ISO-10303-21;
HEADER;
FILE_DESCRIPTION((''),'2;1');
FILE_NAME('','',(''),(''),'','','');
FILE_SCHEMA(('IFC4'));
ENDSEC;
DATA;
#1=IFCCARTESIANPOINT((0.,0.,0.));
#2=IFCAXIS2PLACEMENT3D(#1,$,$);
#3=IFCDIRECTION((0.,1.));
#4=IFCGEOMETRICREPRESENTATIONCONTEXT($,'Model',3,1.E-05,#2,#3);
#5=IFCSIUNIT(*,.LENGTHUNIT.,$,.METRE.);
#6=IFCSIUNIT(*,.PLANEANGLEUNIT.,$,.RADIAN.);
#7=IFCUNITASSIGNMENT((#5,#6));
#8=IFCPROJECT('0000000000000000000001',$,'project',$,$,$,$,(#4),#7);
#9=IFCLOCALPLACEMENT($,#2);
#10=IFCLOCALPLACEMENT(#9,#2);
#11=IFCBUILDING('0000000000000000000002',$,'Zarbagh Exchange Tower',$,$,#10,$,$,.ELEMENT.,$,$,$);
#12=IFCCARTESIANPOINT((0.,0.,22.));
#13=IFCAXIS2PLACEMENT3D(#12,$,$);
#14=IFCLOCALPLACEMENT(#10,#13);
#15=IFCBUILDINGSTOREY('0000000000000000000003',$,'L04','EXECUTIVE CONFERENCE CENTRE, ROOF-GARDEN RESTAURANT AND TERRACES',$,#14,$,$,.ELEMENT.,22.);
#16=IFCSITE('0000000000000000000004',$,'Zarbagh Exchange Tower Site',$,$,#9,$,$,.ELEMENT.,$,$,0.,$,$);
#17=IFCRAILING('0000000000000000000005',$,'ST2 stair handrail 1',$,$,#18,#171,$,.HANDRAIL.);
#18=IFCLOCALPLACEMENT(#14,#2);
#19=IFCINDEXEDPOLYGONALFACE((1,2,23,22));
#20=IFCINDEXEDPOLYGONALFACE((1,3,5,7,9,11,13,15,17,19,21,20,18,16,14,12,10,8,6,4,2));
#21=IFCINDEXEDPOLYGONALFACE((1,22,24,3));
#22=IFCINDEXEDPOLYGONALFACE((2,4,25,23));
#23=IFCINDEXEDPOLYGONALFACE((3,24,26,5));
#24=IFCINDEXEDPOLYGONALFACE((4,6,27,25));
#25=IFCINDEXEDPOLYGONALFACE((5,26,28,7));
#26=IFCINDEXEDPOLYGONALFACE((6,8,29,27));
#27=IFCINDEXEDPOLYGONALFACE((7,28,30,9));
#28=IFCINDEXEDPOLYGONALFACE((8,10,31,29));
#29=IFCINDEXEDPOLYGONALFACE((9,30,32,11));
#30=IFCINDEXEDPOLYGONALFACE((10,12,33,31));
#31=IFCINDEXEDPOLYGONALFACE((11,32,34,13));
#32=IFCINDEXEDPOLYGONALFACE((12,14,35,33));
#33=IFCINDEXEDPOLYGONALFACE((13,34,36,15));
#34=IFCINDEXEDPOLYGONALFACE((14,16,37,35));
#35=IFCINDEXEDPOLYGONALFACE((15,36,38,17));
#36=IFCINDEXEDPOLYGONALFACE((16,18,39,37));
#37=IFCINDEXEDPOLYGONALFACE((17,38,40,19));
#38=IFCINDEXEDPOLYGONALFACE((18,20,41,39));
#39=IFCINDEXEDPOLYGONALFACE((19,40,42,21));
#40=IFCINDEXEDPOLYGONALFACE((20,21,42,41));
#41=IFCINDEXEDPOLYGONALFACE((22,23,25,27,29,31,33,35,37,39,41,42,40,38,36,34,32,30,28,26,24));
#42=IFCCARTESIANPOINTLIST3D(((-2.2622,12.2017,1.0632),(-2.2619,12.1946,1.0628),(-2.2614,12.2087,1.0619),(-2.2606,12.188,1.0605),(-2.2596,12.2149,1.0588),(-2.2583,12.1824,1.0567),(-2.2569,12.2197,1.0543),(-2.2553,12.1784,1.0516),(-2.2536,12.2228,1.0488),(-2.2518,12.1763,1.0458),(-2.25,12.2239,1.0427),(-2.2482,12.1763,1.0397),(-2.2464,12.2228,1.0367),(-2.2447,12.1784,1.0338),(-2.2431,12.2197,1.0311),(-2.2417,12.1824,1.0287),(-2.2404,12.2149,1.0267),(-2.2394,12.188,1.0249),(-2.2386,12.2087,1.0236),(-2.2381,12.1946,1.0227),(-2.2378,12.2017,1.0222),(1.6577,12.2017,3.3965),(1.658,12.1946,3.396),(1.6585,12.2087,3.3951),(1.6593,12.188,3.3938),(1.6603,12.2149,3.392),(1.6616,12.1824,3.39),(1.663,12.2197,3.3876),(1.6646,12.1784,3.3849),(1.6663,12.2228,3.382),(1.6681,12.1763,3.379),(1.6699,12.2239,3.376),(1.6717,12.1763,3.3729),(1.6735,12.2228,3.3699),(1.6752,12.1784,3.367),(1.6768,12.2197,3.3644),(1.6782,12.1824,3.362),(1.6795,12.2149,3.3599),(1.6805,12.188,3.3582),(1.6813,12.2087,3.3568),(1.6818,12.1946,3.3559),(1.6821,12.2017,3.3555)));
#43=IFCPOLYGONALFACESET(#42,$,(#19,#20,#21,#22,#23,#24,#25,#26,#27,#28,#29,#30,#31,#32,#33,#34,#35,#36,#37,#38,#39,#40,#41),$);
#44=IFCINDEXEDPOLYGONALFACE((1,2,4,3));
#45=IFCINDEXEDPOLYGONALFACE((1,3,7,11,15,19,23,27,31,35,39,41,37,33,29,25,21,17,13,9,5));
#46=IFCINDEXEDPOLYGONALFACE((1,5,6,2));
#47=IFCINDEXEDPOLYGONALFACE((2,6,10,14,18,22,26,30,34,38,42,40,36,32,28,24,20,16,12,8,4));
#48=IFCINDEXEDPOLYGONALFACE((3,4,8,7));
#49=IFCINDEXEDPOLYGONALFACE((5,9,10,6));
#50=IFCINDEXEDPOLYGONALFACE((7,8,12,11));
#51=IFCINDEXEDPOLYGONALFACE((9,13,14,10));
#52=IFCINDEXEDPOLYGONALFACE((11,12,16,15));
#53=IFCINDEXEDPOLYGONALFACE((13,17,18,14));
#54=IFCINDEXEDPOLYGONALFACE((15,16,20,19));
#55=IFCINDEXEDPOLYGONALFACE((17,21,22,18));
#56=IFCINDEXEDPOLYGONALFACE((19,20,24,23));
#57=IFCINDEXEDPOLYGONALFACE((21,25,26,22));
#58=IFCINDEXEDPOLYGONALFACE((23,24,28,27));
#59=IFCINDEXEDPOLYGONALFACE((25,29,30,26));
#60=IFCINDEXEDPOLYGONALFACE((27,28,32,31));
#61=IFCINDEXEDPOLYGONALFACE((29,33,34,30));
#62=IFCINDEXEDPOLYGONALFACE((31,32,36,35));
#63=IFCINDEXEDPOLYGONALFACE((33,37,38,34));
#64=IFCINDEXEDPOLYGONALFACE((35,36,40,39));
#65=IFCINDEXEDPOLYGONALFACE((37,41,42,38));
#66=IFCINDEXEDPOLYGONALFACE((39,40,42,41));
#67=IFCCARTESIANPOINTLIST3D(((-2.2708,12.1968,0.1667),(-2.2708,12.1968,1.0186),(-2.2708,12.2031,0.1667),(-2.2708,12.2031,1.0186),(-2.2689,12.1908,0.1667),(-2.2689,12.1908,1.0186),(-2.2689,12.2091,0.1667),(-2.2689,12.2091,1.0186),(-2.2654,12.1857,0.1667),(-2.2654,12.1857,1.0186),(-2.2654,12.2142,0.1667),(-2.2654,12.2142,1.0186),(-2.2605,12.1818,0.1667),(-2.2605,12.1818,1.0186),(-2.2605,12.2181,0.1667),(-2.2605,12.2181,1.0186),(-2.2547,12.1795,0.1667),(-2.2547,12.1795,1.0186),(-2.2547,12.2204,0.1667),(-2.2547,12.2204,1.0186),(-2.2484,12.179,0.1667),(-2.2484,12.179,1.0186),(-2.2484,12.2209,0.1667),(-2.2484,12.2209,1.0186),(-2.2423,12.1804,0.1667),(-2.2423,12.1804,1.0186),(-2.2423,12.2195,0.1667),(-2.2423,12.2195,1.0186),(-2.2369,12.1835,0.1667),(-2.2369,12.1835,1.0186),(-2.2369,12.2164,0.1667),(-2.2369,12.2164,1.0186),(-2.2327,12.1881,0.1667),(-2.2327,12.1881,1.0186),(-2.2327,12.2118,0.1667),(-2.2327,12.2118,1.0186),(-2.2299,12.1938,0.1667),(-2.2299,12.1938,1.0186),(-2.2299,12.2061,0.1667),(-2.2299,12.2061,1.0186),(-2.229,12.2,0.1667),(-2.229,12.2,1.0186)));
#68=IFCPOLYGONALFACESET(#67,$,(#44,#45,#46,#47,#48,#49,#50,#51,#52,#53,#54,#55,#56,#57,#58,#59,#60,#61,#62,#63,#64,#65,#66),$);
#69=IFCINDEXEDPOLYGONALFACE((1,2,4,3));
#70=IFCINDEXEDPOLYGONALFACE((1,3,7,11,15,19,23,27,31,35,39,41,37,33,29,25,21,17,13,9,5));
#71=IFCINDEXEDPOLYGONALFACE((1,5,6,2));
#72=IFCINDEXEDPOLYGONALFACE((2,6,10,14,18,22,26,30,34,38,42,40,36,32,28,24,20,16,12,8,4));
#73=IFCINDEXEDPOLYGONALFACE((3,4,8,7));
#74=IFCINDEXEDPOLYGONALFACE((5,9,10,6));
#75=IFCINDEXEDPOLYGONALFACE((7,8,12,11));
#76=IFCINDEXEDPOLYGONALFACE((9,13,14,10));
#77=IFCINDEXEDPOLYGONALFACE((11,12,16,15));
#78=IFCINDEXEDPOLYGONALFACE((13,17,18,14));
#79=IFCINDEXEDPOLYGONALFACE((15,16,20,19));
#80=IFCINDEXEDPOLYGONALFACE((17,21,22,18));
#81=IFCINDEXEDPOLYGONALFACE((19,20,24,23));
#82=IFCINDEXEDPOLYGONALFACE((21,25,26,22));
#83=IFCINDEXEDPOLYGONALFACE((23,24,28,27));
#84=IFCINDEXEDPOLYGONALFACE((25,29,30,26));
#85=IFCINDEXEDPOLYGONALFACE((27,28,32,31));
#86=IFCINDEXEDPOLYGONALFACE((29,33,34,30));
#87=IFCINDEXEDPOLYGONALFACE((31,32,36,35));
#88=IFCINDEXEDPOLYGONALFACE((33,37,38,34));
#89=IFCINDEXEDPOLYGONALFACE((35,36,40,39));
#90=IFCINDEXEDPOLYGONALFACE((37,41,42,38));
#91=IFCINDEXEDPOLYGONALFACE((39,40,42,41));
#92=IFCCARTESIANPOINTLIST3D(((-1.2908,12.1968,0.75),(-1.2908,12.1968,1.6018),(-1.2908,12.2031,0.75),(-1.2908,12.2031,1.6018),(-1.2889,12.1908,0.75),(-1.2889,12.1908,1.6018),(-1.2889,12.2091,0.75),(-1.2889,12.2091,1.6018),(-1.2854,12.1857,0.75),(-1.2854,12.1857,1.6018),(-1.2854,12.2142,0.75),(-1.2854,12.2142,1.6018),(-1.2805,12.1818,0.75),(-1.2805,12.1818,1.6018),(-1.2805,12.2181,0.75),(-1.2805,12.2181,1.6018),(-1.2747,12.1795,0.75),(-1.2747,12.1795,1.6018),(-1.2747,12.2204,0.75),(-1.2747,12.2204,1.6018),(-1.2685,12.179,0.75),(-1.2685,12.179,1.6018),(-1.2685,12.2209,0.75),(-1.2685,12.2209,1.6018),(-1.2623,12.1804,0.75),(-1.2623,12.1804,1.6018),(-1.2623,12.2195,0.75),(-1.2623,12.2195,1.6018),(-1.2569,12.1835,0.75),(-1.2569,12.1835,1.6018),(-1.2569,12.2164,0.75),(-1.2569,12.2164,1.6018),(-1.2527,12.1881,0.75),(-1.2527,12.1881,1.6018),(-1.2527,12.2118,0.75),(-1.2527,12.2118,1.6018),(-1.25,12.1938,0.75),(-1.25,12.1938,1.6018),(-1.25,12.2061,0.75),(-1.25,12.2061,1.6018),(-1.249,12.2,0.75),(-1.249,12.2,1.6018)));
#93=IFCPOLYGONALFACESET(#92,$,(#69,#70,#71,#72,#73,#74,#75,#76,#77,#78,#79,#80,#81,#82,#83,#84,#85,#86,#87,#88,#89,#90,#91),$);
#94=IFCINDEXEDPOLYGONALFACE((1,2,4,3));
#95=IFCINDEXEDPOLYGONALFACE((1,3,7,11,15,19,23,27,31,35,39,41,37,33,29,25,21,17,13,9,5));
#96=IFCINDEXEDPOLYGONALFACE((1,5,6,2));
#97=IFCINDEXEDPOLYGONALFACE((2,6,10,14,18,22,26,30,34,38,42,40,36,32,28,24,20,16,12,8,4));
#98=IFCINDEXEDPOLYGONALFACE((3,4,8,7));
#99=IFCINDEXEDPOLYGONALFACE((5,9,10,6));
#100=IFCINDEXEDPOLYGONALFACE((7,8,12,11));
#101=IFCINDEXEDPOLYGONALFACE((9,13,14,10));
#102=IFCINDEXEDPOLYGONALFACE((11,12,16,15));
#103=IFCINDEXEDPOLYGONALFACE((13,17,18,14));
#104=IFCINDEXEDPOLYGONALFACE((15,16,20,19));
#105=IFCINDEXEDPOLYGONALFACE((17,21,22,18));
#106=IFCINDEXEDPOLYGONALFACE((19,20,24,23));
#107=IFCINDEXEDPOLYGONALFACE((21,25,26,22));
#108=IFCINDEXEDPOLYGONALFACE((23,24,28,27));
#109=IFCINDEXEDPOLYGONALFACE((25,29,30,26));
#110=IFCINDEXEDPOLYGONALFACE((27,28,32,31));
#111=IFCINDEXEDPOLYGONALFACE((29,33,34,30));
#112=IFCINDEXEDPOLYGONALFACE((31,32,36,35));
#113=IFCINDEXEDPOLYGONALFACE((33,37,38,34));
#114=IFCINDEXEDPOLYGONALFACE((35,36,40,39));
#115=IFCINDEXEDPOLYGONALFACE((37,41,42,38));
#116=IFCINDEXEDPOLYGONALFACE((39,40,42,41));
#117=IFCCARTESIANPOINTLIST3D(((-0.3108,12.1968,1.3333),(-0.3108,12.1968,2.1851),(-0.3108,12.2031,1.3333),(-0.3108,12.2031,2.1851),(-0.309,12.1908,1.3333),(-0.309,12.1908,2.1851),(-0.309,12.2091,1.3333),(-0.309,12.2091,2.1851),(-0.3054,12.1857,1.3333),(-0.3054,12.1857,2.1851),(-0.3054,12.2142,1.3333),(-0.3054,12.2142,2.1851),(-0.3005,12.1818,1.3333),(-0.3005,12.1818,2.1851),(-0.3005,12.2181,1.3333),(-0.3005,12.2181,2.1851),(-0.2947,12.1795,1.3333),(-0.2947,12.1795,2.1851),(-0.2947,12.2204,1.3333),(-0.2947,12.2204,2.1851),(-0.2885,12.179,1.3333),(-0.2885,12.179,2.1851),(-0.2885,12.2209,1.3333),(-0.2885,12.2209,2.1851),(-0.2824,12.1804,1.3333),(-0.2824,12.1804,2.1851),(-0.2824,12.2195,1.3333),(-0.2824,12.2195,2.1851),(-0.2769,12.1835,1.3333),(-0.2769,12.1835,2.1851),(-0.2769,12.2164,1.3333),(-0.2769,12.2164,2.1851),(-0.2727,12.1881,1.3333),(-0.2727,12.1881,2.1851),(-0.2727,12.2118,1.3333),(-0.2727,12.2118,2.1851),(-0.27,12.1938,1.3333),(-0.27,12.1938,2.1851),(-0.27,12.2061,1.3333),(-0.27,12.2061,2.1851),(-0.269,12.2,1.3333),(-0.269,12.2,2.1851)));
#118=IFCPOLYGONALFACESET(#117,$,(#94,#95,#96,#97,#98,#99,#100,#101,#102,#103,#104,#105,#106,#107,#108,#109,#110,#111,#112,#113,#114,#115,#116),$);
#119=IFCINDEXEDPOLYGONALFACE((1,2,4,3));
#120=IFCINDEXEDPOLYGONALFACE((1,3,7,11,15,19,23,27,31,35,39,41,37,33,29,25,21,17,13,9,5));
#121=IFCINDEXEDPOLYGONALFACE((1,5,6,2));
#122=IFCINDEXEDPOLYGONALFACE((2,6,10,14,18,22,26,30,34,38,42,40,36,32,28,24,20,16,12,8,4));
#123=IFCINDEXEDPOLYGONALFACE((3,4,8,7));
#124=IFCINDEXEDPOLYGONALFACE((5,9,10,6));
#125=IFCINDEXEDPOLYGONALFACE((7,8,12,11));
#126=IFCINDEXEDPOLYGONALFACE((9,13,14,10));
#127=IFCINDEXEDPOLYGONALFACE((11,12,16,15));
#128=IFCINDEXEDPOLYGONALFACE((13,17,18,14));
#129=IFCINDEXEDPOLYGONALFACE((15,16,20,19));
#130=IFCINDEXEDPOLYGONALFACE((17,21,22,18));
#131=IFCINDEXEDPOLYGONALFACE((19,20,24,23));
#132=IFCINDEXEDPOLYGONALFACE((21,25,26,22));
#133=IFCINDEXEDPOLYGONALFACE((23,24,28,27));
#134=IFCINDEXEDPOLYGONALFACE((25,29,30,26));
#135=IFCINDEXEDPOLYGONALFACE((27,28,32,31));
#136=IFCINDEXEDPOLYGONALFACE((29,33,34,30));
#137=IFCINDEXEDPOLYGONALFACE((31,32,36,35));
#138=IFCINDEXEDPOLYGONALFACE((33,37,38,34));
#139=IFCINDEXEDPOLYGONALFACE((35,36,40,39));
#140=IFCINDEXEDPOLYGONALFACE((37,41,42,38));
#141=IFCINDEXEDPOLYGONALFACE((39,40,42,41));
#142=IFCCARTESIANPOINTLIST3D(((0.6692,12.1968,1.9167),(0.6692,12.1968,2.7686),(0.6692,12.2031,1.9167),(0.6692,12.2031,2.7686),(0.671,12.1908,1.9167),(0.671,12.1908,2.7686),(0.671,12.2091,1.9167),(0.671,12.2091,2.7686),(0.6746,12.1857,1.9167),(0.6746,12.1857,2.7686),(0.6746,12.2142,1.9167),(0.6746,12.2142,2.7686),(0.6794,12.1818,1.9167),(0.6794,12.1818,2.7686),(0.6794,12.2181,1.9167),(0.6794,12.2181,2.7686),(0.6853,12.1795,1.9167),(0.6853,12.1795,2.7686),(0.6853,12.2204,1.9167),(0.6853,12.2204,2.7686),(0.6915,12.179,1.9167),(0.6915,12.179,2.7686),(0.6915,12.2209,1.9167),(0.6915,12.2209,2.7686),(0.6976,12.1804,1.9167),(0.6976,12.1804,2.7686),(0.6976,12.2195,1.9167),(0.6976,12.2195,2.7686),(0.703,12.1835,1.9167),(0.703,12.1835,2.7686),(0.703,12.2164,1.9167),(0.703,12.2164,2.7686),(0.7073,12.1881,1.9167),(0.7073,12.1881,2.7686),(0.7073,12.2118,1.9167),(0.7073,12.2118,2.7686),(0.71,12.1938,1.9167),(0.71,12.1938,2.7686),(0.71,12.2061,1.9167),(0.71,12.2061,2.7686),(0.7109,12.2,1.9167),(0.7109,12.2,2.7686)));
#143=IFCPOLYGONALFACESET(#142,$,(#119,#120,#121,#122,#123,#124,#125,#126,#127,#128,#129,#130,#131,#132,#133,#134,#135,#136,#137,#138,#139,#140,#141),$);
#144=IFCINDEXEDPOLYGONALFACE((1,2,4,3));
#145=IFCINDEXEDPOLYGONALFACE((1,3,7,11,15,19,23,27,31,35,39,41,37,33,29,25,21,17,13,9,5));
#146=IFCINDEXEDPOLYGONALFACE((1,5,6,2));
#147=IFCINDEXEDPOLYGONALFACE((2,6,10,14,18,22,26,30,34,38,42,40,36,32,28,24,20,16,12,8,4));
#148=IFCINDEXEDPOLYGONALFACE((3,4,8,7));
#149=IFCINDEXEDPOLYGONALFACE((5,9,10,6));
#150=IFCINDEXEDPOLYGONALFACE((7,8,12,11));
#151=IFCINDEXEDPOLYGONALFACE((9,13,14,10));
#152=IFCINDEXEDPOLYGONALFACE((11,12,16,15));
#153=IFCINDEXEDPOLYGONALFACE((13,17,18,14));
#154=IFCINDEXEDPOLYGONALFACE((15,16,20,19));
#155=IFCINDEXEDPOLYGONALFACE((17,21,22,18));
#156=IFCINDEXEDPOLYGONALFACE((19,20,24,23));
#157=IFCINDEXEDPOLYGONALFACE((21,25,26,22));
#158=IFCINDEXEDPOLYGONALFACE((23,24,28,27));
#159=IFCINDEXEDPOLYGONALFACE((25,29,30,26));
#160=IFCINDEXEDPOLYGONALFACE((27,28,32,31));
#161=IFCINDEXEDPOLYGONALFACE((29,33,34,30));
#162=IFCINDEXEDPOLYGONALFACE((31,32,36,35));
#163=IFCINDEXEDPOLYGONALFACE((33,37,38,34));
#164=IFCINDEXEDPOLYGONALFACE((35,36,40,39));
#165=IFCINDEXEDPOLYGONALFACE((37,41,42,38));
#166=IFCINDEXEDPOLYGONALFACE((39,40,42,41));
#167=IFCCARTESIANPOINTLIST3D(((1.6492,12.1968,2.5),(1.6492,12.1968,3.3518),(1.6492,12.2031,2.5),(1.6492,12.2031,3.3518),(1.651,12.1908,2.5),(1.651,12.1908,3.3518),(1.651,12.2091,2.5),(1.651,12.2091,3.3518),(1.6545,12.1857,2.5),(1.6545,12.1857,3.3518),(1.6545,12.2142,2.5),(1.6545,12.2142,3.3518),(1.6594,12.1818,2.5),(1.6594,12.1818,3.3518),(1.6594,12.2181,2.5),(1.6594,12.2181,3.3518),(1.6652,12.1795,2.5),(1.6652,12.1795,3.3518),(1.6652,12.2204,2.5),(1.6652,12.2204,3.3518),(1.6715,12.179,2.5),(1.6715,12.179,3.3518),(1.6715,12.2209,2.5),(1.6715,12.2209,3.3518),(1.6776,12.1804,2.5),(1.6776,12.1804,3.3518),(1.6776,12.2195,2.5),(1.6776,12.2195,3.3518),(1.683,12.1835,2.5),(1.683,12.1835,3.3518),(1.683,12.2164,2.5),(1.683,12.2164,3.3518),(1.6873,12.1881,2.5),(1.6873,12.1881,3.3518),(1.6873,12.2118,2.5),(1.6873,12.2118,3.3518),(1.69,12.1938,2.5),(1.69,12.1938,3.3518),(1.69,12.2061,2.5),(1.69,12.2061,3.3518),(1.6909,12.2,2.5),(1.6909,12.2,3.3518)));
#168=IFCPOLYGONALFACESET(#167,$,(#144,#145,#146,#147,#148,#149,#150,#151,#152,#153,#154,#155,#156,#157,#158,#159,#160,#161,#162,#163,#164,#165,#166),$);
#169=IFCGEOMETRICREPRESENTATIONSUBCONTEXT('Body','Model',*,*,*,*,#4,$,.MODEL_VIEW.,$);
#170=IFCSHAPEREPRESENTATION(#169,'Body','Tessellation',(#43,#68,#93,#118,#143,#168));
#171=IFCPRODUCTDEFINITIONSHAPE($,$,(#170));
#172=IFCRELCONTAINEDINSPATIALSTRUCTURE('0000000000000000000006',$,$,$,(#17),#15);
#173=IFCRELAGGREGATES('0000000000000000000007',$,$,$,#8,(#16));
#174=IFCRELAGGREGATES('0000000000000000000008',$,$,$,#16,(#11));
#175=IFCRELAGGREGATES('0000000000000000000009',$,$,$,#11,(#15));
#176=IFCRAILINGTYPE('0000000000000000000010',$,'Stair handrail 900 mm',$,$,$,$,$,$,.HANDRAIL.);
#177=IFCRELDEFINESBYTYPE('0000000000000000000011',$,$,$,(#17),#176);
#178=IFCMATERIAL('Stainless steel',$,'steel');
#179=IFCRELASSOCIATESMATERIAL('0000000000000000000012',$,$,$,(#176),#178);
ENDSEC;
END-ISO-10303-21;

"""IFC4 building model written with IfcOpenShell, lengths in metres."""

from ifc_helpers import new_model, si_unit, direction, frame, origin, origin_2d, place, context, subcontext, project, spatial, circle, extrude, material, type_object, element, save


model = new_model("IFC4")

# Units and contexts
model_context = context("Model", 3, precision=1e-05, world=origin(), true_north=direction((0.0, 1.0)))
body_context = subcontext(model_context, "Body", "Model", "MODEL_VIEW")
ifc_project = project(units=[si_unit("LENGTHUNIT", "METRE"), si_unit("PLANEANGLEUNIT", "RADIAN")], contexts=[model_context])

# Site, building, storey
site_placement = place(None, origin())
site = spatial("IfcSite", under=ifc_project, at=site_placement, Name="Zarbagh Exchange Tower Site", CompositionType="ELEMENT", RefElevation=0.0)
building_placement = place(site_placement, origin())
building = spatial("IfcBuilding", under=site, at=building_placement, Name="Zarbagh Exchange Tower", CompositionType="ELEMENT")
storey_placement = place(building_placement, frame((0.0, 0.0, 22.0)))
storey = spatial("IfcBuildingStorey", under=building, at=storey_placement, Name="L04", Description="EXECUTIVE CONFERENCE CENTRE, ROOF-GARDEN RESTAURANT AND TERRACES", CompositionType="ELEMENT", Elevation=22.0)

# Shared definitions
ifc_material_1 = material(Name="Stainless steel", Category="steel")

# Railing
railing_type_1 = type_object("IfcRailingType", Name="Stair handrail 900 mm", PredefinedType="HANDRAIL", material=ifc_material_1)
for number, where, name in (
    (1, (-2.25, 12.2, 0.1667), "ST2 stair handrail 1"),
):
    element("IfcRailing", number, at=place(storey_placement, frame(where)), inside=storey, type_object=railing_type_1, Name=name, PredefinedType="HANDRAIL", context=body_context, shape_type="SweptSolid", body=[
        extrude(circle(Radius=0.0239, at=origin_2d()), frame((0.0, 0.0, 0.876), z_axis=(0.859296, 0.0, 0.511478), x_axis=(0.0, 1.0, 0.0)), (0.0, 0.0, 1.0), 4.5618),
        extrude(circle(Radius=0.021, at=origin_2d()), origin(), (0.0, 0.0, 1.0), 0.8518),
        extrude(circle(Radius=0.021, at=origin_2d()), frame((0.98, 0.0, 0.5833)), (0.0, 0.0, 1.0), 0.8518),
        extrude(circle(Radius=0.021, at=origin_2d()), frame((1.96, 0.0, 1.1665)), (0.0, 0.0, 1.0), 0.8518),
        extrude(circle(Radius=0.021, at=origin_2d()), frame((2.9399, 0.0, 1.75)), (0.0, 0.0, 1.0), 0.8518),
        extrude(circle(Radius=0.021, at=origin_2d()), frame((3.9199, 0.0, 2.3333)), (0.0, 0.0, 1.0), 0.8518),
    ])

save(model, "model.ifc")
